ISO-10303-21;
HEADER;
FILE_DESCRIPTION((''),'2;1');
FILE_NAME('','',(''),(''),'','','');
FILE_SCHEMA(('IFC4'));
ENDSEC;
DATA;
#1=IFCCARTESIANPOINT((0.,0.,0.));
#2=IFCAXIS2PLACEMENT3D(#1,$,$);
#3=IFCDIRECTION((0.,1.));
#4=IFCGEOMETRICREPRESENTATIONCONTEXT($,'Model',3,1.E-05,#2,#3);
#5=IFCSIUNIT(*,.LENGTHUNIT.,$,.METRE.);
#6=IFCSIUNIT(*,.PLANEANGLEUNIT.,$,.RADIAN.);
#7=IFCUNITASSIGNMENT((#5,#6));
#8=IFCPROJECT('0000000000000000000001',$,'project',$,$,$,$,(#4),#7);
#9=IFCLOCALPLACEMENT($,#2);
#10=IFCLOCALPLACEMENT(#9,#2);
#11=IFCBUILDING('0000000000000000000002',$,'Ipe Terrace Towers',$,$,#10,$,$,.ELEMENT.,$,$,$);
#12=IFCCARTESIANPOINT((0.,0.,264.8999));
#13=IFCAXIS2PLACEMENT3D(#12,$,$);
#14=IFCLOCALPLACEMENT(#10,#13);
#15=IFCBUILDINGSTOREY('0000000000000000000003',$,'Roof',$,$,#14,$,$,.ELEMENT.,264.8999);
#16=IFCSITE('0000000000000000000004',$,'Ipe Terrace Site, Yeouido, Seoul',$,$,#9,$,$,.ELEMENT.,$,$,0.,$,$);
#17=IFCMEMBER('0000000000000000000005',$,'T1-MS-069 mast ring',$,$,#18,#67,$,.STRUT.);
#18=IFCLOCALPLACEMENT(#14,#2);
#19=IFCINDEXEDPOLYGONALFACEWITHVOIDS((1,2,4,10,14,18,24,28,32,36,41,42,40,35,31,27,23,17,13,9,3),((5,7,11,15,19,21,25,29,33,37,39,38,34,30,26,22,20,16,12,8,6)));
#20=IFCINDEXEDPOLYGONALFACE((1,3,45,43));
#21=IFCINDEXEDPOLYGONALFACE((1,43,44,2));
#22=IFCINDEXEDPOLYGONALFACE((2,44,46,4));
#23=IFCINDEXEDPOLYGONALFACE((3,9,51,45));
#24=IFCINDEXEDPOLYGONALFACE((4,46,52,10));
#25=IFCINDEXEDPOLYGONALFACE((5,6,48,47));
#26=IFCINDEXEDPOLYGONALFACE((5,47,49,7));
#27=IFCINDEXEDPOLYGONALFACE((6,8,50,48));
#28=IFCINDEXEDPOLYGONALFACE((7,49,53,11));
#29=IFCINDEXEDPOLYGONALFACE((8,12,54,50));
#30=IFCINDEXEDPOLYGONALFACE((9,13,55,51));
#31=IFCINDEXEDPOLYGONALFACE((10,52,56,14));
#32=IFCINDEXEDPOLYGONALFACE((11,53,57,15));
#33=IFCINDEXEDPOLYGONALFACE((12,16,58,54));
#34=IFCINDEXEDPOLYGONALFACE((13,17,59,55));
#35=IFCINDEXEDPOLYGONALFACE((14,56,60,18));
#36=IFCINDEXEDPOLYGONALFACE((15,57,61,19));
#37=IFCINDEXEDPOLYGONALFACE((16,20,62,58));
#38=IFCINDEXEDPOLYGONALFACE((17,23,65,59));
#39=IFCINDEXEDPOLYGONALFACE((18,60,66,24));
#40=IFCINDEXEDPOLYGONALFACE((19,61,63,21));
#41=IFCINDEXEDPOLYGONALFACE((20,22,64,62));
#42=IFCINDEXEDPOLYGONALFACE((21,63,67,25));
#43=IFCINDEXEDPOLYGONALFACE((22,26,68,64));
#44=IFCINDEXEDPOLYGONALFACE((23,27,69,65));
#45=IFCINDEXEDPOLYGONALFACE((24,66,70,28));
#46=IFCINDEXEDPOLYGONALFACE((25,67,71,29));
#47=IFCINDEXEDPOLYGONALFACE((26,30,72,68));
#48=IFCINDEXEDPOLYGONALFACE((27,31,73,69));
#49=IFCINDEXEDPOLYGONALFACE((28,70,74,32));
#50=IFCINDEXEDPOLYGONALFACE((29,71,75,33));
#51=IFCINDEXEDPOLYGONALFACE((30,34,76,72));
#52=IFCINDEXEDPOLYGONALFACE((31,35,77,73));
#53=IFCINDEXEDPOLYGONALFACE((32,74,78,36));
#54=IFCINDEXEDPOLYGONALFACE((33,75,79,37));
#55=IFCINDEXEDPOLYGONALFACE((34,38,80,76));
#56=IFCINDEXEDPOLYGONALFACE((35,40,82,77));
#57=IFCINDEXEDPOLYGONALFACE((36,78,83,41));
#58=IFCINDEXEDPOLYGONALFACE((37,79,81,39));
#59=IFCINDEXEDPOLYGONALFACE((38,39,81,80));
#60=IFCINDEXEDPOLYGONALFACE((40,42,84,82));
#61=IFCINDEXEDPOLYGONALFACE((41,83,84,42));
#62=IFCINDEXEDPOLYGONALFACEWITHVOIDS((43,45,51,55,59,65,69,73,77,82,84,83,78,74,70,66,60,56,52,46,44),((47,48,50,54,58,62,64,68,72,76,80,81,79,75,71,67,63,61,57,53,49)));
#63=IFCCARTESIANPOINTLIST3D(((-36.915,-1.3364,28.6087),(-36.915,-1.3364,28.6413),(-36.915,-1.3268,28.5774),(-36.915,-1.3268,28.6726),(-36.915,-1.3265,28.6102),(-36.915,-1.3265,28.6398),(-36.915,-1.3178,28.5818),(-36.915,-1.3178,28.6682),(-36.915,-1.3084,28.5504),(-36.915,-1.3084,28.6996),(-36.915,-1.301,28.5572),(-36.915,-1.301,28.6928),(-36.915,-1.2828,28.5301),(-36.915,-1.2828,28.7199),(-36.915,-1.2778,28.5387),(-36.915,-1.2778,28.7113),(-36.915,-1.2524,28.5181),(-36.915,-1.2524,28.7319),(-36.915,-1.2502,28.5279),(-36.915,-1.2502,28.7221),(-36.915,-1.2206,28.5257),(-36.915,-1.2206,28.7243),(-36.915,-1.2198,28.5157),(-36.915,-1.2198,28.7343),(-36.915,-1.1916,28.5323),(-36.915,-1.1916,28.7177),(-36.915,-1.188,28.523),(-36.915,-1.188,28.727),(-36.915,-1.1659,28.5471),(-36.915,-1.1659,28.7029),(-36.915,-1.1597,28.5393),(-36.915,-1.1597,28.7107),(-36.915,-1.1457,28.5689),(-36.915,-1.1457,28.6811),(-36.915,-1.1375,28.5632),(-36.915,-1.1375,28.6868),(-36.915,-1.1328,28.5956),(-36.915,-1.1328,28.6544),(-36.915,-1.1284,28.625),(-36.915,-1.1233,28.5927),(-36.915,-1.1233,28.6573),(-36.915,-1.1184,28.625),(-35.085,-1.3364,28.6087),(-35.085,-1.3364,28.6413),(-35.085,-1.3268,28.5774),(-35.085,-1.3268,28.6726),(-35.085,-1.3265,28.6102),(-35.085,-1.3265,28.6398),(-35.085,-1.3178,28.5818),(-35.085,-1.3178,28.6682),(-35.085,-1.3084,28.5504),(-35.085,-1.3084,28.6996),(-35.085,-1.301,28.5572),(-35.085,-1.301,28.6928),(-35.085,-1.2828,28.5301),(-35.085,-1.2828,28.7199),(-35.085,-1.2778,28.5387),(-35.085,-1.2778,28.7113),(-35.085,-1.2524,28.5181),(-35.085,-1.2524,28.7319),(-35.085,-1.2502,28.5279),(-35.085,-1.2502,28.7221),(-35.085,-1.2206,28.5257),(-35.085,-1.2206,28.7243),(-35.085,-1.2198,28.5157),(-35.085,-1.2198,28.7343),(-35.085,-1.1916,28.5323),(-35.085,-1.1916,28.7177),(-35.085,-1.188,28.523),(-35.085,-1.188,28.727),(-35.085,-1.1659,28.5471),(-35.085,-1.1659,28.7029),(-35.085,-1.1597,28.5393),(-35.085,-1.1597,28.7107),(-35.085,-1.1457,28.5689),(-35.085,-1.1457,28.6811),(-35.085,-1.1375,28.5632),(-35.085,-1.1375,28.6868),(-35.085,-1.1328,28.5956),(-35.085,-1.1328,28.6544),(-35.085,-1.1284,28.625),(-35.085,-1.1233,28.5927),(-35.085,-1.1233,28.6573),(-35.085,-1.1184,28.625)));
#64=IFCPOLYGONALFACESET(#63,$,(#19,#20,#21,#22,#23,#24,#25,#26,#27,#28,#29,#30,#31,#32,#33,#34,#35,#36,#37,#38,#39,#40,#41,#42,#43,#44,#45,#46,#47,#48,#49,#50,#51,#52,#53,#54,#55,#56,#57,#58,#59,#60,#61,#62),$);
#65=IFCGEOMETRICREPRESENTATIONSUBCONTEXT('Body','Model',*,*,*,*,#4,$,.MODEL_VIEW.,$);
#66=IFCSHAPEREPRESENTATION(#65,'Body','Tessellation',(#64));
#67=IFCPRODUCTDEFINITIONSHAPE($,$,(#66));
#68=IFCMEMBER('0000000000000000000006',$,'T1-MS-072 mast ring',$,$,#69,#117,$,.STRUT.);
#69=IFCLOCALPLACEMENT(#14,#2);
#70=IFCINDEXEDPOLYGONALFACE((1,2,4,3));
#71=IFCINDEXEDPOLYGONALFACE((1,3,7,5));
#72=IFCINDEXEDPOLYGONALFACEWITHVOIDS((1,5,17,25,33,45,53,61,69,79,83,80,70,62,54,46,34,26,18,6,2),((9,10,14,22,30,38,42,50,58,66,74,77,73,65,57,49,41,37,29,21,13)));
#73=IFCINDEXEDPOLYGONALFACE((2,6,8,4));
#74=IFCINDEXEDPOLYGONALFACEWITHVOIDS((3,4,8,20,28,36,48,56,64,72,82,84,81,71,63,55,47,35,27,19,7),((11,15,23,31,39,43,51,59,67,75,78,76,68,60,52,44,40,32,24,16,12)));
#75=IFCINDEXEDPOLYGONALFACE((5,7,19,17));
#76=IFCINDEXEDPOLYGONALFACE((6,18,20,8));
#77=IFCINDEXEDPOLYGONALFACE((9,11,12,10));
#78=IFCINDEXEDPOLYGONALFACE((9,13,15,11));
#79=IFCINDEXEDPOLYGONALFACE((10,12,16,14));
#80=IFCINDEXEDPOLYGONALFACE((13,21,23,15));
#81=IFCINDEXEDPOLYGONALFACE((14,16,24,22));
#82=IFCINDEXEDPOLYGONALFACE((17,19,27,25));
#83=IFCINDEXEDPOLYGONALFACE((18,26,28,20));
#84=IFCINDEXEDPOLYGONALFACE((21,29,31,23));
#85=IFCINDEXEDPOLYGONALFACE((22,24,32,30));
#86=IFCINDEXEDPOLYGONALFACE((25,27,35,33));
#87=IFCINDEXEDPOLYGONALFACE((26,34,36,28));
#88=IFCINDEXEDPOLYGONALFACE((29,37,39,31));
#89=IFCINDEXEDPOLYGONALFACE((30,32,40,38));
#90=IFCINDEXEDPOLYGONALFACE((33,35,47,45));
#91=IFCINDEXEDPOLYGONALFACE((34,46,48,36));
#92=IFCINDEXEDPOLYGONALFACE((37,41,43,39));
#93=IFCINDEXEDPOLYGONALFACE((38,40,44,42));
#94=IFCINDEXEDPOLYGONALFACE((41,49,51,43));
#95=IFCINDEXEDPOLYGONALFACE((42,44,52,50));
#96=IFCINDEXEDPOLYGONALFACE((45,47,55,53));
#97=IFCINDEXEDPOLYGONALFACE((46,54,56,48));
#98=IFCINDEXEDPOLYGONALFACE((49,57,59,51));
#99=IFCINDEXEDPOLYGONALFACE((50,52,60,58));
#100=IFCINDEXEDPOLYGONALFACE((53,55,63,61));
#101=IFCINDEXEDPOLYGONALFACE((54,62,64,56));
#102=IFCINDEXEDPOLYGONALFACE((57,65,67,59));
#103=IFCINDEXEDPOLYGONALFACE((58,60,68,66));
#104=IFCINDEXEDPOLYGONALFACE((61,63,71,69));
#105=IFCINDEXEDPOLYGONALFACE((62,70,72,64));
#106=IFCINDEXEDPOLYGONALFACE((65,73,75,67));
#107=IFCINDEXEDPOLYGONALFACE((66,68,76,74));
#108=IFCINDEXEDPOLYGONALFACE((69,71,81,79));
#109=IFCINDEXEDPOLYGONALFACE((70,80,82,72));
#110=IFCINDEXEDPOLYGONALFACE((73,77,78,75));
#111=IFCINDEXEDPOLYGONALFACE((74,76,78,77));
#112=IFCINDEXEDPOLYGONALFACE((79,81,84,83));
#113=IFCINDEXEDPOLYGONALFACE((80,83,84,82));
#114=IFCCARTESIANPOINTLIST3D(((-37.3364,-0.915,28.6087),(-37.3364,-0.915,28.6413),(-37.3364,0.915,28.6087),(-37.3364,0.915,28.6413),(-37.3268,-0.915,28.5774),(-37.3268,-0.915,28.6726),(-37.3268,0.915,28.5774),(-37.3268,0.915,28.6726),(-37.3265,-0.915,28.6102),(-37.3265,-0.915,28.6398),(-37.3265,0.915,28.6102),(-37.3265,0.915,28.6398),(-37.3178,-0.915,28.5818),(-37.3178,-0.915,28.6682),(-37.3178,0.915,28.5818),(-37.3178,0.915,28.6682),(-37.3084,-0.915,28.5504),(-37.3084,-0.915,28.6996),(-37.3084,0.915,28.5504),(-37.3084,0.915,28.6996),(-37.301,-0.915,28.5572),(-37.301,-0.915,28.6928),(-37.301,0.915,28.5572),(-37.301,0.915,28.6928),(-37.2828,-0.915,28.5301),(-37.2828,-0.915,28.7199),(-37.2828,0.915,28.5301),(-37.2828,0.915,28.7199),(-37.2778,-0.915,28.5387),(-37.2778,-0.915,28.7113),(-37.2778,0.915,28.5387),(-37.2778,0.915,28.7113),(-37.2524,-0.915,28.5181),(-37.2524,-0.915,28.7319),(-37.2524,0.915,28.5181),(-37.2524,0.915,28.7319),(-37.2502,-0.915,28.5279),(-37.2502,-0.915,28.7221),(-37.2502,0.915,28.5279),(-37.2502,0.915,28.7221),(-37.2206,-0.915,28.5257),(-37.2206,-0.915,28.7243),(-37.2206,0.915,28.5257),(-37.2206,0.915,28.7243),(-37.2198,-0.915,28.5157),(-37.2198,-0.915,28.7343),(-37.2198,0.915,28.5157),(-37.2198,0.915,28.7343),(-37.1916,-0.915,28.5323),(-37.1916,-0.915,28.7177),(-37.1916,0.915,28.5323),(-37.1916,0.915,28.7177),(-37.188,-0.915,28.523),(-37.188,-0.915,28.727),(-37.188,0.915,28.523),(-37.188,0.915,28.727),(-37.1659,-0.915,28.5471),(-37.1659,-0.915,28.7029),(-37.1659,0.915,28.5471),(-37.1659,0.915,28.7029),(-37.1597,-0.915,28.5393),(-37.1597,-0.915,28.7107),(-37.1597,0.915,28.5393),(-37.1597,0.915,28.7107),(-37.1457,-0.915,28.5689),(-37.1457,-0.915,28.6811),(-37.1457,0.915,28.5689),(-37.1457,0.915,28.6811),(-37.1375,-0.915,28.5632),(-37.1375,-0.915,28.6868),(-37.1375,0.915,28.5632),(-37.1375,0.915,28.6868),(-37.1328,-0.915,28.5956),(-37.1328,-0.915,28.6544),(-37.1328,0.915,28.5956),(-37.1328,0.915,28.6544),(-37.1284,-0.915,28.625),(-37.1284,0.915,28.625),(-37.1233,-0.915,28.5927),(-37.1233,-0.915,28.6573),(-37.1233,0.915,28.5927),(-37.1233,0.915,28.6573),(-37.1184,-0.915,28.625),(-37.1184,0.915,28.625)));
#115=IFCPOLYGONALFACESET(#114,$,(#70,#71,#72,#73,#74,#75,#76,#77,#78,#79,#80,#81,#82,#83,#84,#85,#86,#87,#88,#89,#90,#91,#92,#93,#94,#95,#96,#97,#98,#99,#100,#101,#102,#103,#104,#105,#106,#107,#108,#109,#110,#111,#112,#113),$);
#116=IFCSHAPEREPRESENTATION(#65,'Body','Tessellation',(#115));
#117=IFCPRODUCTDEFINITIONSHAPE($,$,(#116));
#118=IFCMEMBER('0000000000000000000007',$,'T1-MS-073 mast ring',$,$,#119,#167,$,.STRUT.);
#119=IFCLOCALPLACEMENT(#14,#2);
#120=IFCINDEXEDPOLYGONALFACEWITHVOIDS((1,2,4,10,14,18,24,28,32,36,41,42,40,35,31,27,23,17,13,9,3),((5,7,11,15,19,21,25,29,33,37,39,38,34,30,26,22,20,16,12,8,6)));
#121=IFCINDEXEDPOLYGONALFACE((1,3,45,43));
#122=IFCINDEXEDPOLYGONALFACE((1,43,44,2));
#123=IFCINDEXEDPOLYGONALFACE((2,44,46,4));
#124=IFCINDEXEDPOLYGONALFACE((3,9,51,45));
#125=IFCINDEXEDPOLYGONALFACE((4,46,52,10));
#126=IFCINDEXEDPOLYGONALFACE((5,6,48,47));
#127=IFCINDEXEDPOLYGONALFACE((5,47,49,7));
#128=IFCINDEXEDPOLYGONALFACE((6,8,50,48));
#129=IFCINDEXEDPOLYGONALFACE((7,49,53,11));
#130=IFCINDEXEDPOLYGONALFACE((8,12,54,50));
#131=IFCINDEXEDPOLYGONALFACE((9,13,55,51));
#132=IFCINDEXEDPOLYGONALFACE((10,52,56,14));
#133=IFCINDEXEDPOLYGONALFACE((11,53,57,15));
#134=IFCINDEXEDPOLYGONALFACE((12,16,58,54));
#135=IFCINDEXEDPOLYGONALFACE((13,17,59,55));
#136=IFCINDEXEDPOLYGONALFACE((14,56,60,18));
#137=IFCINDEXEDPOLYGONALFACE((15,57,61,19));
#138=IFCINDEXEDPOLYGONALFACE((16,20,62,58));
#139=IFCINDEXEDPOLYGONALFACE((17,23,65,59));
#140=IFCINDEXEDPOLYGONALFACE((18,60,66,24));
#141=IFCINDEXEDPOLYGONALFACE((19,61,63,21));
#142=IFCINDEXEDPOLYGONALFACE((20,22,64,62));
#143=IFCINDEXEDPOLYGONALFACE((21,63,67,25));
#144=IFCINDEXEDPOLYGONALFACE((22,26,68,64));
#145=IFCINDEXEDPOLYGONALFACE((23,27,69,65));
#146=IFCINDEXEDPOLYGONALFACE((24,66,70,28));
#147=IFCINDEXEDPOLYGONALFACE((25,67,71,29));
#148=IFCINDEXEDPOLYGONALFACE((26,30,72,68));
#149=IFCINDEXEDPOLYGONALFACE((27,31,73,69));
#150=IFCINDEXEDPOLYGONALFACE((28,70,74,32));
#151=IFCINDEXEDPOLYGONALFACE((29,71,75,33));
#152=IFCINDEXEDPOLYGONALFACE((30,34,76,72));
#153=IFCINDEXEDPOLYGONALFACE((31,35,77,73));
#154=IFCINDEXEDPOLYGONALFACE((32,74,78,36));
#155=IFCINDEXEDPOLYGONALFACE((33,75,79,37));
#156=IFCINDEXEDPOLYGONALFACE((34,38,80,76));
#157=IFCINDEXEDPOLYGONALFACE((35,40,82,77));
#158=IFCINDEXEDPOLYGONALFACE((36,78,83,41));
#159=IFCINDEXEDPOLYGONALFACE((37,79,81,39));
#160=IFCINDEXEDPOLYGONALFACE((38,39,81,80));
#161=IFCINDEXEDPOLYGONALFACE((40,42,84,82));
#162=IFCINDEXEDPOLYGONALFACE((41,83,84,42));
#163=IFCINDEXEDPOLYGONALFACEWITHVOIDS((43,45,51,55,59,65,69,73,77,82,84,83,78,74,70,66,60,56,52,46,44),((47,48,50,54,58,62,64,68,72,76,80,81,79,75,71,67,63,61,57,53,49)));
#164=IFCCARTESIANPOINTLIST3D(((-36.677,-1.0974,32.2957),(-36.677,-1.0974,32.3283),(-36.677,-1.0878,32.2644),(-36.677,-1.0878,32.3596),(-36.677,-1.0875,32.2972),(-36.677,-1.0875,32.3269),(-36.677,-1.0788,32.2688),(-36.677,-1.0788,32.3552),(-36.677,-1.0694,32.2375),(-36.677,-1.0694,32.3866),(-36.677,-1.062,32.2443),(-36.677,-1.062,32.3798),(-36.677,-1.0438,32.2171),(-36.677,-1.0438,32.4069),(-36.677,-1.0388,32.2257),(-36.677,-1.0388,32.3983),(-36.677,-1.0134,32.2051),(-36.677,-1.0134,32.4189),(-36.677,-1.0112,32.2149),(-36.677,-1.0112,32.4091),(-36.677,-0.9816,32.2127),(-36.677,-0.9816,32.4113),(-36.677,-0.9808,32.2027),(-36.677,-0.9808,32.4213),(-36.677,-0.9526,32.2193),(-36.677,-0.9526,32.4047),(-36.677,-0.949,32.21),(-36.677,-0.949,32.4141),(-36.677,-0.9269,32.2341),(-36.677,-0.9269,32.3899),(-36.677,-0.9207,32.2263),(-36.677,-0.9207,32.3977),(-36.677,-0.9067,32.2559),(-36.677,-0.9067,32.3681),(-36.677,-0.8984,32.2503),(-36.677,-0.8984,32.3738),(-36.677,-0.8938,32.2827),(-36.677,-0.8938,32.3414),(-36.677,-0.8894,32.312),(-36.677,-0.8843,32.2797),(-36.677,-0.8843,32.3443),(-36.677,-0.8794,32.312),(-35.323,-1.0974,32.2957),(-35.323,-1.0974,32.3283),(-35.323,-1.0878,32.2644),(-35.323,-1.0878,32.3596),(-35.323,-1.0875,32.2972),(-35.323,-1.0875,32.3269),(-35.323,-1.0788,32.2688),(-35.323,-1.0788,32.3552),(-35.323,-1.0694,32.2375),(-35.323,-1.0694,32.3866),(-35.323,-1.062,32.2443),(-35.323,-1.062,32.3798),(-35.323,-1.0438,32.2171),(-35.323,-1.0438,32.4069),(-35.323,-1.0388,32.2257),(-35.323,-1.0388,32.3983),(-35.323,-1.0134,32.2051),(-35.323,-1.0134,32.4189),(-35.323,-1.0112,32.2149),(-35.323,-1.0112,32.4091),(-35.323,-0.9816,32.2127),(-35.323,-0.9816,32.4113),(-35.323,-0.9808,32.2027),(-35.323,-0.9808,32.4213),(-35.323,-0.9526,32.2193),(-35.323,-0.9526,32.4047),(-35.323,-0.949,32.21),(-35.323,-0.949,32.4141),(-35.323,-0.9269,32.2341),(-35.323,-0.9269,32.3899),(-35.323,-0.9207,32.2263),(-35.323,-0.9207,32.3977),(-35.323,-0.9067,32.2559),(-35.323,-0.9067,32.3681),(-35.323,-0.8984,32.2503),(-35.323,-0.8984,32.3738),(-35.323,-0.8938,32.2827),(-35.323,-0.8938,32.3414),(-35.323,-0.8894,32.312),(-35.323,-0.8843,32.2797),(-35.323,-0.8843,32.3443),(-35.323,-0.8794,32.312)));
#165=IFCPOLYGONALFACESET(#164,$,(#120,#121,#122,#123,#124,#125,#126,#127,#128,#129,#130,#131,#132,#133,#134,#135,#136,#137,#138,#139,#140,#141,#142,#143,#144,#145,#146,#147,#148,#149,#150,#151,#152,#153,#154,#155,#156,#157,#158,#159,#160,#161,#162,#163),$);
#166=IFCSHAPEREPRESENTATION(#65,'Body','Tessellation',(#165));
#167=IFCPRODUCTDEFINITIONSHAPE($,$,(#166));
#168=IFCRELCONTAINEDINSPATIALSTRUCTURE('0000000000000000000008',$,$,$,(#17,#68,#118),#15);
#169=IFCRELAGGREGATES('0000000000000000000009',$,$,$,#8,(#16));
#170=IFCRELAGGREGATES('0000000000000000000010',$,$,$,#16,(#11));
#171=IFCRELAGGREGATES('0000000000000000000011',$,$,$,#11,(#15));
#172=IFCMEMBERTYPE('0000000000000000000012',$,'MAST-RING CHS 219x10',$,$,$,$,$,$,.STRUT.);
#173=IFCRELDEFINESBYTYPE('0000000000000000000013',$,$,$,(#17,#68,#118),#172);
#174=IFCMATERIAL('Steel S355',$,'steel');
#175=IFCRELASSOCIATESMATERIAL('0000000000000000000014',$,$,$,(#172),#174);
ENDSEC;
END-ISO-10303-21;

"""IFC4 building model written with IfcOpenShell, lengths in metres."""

from ifc_helpers import new_model, si_unit, direction, frame, origin, origin_2d, place, context, subcontext, project, spatial, hollow_circle, extrude, material, material_profile, profile_set, type_object, element, save


model = new_model("IFC4")

# Units and contexts
model_context = context("Model", 3, precision=1e-05, world=origin(), true_north=direction((0.0, 1.0)))
body_context = subcontext(model_context, "Body", "Model", "MODEL_VIEW")
ifc_project = project(units=[si_unit("LENGTHUNIT", "METRE"), si_unit("PLANEANGLEUNIT", "RADIAN")], contexts=[model_context])

# Site, building, storey
site_placement = place(None, origin())
site = spatial("IfcSite", under=ifc_project, at=site_placement, Name="Ipe Terrace Site, Yeouido, Seoul", CompositionType="ELEMENT", RefElevation=0.0)
building_placement = place(site_placement, origin())
building = spatial("IfcBuilding", under=site, at=building_placement, Name="Ipe Terrace Towers", CompositionType="ELEMENT")
storey_placement = place(building_placement, frame((0.0, 0.0, 264.8999)))
storey = spatial("IfcBuildingStorey", under=building, at=storey_placement, Name="Roof", CompositionType="ELEMENT", Elevation=264.8999)

# Members
ifc_material_1 = material(Name="Steel S355", Category="steel")
ifc_material_profile_1 = material_profile(ifc_material_1, hollow_circle(Radius=0.1096, WallThickness=0.01, at=origin_2d()), Name="MAST-RING CHS 219x10")
ifc_profile_set_1 = profile_set([ifc_material_profile_1], Name="Steel S355")
member_type_1 = type_object("IfcMemberType", Name="MAST-RING CHS 219x10", PredefinedType="STRUT", material=ifc_profile_set_1)
for number, where, z_axis, x_axis, name in (
    (1, (-36.915, -1.228, 28.625), (1.0, 0.0, 0.0), (0.0, 1.0, 0.0), "T1-MS-069 mast ring"),
    (2, (-37.228, 0.915, 28.625), (0.0, -1.0, 0.0), (1.0, 0.0, 0.0), "T1-MS-072 mast ring"),
):
    element("IfcMember", number, at=place(storey_placement, frame(where, z_axis=z_axis, x_axis=x_axis)), inside=storey, type_object=member_type_1, Name=name, PredefinedType="STRUT", context=body_context, shape_type="SweptSolid", body=[
        extrude(hollow_circle(Radius=0.1096, WallThickness=0.01, at=origin_2d()), origin(), (0.0, 0.0, 1.0), 1.8301),
    ])
for number, where, z_axis, x_axis, name in (
    (3, (-36.677, -0.989, 32.312), (1.0, 0.0, 0.0), (0.0, 1.0, 0.0), "T1-MS-073 mast ring"),
):
    element("IfcMember", number, at=place(storey_placement, frame(where, z_axis=z_axis, x_axis=x_axis)), inside=storey, type_object=member_type_1, Name=name, PredefinedType="STRUT", context=body_context, shape_type="SweptSolid", body=[
        extrude(hollow_circle(Radius=0.1096, WallThickness=0.01, at=origin_2d()), origin(), (0.0, 0.0, 1.0), 1.354),
    ])

save(model, "model.ifc")
